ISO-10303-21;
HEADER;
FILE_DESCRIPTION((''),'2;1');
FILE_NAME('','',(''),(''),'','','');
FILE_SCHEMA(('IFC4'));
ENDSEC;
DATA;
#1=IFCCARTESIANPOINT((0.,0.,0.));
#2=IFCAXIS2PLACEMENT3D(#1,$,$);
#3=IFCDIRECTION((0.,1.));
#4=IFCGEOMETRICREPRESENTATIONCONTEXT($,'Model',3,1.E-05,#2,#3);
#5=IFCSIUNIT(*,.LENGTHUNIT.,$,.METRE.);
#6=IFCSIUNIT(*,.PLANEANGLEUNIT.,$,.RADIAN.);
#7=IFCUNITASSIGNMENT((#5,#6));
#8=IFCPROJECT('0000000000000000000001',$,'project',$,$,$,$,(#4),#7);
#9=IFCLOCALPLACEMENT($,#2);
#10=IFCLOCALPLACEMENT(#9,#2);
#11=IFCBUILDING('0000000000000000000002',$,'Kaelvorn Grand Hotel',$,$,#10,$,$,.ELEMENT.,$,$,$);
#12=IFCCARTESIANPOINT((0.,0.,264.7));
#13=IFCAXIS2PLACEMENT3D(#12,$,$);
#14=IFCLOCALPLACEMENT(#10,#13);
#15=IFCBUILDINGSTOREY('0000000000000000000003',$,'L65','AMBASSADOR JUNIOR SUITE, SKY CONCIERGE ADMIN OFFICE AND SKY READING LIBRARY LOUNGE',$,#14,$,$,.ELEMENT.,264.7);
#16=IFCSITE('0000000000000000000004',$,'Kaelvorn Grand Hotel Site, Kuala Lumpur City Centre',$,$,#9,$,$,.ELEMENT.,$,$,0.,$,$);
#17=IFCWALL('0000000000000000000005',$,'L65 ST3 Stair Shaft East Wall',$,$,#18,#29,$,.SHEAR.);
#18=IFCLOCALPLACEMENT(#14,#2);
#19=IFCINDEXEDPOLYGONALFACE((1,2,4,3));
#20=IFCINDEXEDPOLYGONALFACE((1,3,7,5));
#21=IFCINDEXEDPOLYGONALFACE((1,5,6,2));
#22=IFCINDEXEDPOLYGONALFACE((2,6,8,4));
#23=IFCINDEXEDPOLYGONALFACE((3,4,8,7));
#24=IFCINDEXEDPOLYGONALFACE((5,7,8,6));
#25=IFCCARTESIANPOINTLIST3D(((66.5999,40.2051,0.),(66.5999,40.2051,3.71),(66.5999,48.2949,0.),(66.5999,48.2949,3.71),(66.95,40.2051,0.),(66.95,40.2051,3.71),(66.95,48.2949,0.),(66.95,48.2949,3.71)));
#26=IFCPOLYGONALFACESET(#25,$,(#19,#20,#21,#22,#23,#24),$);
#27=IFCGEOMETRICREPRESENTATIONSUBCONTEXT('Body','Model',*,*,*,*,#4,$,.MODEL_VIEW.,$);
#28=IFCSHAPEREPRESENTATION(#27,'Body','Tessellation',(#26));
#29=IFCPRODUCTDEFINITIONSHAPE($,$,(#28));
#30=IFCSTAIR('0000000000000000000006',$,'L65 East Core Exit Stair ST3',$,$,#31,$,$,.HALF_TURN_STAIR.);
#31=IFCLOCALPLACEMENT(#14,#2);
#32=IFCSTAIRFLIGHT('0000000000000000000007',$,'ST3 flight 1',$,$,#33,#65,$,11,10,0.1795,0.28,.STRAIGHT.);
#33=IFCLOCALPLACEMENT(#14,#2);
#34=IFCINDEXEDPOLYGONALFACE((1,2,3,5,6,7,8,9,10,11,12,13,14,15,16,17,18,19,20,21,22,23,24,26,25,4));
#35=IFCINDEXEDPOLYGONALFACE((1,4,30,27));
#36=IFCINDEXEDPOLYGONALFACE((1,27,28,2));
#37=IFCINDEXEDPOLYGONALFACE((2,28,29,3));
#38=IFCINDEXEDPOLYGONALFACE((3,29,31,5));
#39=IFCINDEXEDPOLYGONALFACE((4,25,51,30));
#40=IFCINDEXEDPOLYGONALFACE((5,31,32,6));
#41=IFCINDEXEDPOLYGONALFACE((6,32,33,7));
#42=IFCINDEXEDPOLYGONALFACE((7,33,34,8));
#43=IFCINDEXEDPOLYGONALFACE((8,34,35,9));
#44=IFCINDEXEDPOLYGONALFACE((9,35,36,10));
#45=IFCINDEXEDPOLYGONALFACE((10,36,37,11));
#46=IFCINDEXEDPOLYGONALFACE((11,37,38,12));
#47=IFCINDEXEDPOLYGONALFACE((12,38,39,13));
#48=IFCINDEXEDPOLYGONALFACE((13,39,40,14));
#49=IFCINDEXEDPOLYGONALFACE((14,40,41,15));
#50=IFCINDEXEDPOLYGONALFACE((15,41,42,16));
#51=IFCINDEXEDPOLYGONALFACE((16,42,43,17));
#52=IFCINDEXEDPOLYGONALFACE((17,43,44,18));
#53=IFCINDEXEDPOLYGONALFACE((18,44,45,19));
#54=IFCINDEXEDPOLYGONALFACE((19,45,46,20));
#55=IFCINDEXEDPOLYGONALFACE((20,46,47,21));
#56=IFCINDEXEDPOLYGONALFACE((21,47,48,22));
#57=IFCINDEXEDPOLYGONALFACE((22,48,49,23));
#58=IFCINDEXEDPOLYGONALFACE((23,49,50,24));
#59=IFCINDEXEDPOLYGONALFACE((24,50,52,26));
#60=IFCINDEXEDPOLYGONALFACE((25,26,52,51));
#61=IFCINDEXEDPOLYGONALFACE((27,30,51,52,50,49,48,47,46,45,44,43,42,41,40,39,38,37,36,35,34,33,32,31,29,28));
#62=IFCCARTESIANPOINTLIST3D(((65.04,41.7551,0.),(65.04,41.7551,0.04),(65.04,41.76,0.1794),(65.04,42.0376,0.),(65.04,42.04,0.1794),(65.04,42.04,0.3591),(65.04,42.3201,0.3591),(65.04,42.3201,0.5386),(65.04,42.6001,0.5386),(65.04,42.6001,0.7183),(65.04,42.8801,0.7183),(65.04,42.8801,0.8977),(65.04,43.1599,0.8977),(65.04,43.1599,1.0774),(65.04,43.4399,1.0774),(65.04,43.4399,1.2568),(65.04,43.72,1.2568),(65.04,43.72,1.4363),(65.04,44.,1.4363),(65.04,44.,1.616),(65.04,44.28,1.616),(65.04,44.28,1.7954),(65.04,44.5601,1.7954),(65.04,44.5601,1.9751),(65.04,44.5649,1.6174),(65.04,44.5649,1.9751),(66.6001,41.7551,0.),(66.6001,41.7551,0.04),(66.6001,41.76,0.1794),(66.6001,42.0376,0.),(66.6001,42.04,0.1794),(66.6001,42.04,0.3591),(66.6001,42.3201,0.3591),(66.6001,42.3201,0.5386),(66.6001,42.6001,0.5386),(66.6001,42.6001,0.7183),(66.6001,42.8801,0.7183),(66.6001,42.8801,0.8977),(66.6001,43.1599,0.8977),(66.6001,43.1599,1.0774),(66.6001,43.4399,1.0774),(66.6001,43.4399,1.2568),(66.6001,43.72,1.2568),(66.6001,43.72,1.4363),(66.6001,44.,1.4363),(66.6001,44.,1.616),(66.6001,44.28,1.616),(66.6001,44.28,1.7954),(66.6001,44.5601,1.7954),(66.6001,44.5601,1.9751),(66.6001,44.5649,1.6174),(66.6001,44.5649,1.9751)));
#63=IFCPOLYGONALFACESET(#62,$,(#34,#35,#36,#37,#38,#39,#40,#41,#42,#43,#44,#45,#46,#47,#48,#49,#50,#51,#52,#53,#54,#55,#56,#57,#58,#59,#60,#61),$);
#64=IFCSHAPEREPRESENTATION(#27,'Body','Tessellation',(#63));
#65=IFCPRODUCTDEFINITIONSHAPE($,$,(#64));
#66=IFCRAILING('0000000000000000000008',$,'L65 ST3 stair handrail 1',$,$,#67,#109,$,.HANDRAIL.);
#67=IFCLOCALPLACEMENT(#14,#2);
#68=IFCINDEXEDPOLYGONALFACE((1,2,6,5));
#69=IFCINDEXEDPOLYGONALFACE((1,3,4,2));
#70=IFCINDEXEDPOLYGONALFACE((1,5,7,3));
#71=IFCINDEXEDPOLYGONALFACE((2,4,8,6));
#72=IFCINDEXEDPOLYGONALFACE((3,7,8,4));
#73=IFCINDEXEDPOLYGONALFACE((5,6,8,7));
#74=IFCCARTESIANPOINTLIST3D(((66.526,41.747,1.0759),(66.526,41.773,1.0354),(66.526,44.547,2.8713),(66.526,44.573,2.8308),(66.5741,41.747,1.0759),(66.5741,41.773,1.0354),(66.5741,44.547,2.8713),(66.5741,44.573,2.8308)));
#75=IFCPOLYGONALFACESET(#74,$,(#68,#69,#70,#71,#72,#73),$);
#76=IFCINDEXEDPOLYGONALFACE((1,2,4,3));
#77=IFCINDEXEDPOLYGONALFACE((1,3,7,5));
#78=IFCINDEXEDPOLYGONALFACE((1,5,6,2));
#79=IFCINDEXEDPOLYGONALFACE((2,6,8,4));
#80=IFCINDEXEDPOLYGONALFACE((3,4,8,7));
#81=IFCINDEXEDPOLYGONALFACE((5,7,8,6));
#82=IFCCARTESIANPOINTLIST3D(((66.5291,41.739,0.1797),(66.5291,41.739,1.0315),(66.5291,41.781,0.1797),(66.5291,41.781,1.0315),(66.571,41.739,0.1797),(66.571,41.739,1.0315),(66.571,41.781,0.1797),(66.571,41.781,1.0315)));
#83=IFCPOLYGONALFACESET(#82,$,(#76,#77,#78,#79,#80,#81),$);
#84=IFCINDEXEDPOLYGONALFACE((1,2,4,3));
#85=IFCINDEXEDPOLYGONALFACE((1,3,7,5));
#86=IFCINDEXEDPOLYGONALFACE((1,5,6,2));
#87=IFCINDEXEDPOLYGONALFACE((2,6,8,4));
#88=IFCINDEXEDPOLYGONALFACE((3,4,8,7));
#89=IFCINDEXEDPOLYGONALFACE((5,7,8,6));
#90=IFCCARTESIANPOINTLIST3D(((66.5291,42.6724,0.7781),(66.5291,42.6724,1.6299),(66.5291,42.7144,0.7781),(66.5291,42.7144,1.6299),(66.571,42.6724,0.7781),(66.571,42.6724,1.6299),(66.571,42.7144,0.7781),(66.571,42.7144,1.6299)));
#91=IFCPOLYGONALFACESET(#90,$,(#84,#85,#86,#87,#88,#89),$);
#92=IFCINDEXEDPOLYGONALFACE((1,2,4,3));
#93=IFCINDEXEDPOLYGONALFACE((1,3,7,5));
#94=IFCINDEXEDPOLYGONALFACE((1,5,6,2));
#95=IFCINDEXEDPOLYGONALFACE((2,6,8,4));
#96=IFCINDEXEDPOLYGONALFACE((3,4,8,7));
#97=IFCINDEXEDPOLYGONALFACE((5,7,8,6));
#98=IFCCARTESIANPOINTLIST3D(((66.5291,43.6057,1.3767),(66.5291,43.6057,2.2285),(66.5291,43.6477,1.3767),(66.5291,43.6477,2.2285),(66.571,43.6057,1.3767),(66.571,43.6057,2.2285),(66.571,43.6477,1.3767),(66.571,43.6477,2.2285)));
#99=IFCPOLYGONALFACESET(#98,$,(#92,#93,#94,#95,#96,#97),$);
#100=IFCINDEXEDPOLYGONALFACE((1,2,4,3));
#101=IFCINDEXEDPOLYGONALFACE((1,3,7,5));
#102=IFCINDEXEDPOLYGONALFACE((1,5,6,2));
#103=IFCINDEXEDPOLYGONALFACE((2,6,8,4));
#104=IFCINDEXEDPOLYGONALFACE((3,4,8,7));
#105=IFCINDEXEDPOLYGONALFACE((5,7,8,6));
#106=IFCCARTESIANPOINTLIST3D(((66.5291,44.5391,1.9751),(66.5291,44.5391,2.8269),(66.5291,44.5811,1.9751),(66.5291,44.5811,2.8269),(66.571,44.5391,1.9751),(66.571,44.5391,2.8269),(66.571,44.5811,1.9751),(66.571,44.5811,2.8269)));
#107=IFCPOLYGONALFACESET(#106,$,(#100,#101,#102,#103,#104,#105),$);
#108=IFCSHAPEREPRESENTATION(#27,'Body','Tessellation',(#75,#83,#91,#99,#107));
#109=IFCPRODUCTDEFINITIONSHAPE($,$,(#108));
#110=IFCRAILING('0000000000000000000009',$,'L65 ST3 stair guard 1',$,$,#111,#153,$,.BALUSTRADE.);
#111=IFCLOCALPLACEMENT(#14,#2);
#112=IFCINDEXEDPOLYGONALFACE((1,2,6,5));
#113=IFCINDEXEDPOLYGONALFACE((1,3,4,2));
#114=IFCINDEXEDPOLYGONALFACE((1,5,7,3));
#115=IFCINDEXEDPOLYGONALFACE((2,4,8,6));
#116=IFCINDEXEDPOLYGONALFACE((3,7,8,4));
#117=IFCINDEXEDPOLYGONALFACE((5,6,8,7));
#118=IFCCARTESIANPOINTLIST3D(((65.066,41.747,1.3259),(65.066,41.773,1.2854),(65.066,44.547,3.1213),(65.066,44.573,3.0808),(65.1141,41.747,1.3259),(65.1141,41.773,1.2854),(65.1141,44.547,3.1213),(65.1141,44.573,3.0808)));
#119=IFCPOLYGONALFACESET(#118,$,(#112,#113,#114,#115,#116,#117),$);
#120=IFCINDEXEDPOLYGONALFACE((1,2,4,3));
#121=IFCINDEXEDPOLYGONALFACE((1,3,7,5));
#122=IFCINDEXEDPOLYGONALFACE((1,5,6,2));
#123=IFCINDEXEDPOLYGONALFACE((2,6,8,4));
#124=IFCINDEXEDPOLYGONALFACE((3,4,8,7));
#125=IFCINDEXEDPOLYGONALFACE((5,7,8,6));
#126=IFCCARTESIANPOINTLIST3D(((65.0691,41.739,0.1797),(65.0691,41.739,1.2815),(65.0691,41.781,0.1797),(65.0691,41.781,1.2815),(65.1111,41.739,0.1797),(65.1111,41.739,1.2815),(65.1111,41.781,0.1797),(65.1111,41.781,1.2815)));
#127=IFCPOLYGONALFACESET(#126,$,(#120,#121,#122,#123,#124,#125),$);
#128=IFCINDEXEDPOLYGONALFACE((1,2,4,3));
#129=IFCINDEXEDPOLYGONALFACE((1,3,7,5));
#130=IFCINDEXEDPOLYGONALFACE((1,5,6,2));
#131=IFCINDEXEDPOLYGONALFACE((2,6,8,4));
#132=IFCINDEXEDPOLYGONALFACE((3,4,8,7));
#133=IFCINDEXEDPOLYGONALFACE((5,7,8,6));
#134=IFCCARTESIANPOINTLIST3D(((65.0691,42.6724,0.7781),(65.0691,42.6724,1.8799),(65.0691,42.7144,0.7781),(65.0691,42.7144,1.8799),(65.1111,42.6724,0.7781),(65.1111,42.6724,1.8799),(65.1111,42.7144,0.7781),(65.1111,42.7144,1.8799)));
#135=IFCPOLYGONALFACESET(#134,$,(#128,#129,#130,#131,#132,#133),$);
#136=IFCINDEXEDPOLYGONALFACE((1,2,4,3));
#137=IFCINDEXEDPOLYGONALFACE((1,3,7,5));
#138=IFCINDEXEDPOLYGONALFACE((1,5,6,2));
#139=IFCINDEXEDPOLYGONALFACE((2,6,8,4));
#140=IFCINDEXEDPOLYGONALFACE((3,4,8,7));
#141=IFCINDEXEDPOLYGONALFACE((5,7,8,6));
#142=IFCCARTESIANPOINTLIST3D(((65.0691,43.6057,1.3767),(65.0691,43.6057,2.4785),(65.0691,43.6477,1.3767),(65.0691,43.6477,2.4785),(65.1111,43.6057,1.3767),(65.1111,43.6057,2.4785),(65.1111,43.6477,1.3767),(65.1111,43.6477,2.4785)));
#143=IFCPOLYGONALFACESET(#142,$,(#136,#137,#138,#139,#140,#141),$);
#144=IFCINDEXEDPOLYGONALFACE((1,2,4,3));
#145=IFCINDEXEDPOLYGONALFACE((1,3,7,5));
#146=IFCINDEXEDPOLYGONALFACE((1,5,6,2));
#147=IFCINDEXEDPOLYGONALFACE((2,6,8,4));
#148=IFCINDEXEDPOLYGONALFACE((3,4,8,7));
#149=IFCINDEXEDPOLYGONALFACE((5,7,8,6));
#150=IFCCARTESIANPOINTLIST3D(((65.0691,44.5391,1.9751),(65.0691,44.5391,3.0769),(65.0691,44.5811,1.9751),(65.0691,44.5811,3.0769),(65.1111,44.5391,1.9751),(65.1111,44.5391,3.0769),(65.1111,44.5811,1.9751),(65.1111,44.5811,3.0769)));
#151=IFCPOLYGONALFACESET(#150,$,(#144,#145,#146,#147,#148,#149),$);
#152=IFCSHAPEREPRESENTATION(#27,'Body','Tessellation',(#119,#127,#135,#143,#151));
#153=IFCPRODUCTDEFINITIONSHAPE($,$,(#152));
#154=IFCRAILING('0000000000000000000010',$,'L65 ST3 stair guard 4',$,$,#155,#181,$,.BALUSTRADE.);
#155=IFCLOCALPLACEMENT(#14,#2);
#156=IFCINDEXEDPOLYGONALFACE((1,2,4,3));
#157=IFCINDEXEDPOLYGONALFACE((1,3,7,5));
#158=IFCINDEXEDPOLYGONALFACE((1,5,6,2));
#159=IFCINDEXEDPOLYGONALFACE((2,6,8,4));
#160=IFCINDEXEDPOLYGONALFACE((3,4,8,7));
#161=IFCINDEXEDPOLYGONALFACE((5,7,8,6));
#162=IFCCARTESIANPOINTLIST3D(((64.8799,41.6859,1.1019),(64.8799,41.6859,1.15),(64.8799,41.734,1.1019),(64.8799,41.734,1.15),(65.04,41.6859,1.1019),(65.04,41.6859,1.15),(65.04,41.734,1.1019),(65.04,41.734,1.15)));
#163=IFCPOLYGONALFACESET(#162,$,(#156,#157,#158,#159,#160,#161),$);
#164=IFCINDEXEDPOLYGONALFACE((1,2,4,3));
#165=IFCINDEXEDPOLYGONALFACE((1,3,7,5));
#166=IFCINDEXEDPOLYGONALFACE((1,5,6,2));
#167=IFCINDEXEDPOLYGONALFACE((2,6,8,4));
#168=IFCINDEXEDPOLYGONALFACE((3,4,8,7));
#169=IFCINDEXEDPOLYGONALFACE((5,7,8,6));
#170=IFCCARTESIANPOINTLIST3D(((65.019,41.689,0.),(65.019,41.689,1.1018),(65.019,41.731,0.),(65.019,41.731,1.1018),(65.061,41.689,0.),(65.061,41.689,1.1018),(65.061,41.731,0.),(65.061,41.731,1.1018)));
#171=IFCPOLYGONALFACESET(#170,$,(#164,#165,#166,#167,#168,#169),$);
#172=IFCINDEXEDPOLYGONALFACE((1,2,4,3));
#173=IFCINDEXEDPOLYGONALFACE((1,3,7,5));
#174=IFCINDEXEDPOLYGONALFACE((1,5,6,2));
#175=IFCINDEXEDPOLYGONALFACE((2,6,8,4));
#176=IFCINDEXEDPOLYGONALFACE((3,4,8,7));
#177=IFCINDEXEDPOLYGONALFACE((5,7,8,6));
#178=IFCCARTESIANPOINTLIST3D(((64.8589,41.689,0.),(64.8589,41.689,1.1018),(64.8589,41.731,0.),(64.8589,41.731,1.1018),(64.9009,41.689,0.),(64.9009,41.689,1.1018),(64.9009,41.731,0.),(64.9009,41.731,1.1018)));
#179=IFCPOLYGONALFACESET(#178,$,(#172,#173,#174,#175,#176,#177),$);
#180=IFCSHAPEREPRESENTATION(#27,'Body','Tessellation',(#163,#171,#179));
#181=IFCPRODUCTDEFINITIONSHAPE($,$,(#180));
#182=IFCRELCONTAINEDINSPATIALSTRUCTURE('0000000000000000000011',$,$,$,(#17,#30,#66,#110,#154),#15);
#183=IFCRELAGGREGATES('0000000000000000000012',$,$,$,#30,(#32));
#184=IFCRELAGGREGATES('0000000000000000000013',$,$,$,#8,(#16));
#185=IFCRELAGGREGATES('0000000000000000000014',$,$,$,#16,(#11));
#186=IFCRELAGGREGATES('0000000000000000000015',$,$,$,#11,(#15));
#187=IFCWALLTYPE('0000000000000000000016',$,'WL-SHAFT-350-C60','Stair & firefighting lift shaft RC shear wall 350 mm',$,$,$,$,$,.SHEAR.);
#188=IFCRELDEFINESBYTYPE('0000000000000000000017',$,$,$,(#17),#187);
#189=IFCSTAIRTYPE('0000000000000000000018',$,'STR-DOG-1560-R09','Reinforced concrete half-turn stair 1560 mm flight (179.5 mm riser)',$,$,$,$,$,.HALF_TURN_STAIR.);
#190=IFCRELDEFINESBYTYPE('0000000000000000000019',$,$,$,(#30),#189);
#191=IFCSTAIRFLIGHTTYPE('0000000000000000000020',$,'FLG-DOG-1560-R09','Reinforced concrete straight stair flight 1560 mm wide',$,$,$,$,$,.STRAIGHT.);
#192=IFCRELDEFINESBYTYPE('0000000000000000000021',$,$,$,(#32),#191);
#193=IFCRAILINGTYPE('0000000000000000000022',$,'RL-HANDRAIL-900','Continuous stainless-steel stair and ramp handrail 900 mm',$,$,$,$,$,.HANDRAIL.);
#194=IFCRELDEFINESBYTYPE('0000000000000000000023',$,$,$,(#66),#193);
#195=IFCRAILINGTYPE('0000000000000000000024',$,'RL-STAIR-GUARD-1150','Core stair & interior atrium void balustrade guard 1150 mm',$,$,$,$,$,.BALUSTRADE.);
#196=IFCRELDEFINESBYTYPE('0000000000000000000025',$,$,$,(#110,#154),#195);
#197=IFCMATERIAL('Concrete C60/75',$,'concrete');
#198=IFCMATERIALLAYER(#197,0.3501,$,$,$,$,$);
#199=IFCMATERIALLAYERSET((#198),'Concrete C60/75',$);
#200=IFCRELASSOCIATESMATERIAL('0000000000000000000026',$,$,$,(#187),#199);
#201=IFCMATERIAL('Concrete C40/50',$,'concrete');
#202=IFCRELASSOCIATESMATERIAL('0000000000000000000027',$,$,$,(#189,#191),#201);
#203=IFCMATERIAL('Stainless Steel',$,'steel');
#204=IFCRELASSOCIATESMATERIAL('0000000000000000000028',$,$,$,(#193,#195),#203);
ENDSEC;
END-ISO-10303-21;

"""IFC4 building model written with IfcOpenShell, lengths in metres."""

from ifc_helpers import new_model, si_unit, direction, frame, frame_2d, origin, origin_2d, place, context, subcontext, project, spatial, polyline, rectangle, outline, extrude, material, layer, layer_set, type_object, element, aggregate, save


model = new_model("IFC4")

# Units and contexts
model_context = context("Model", 3, precision=1e-05, world=origin(), true_north=direction((0.0, 1.0)))
body_context = subcontext(model_context, "Body", "Model", "MODEL_VIEW")
ifc_project = project(units=[si_unit("LENGTHUNIT", "METRE"), si_unit("PLANEANGLEUNIT", "RADIAN")], contexts=[model_context])

# Site, building, storey
site_placement = place(None, origin())
site = spatial("IfcSite", under=ifc_project, at=site_placement, Name="Kaelvorn Grand Hotel Site, Kuala Lumpur City Centre", CompositionType="ELEMENT", RefElevation=0.0)
building_placement = place(site_placement, origin())
building = spatial("IfcBuilding", under=site, at=building_placement, Name="Kaelvorn Grand Hotel", CompositionType="ELEMENT")
storey_placement = place(building_placement, frame((0.0, 0.0, 264.7)))
storey = spatial("IfcBuildingStorey", under=building, at=storey_placement, Name="L65", Description="AMBASSADOR JUNIOR SUITE, SKY CONCIERGE ADMIN OFFICE AND SKY READING LIBRARY LOUNGE", CompositionType="ELEMENT", Elevation=264.7)

# Shared definitions
ifc_material_1 = material(Name="Concrete C40/50", Category="concrete")

# Shared definitions
ifc_material_2 = material(Name="Concrete C60/75", Category="concrete")
ifc_layer_1 = layer(ifc_material_2, 0.3501)
ifc_layer_set_1 = layer_set([ifc_layer_1], Name="Concrete C60/75")
wall_type_1 = type_object("IfcWallType", Name="WL-SHAFT-350-C60", Description="Stair & firefighting lift shaft RC shear wall 350 mm", PredefinedType="SHEAR", material=ifc_layer_set_1)

# Wall
for number, where, z_axis, x_axis, name in (
    (1, (66.7749, 40.2051, 0.0), (0.0, 0.0, 1.0), (0.0, 1.0, 0.0), "L65 ST3 Stair Shaft East Wall"),
):
    element("IfcWall", number, at=place(storey_placement, frame(where, z_axis=z_axis, x_axis=x_axis)), inside=storey, type_object=wall_type_1, Name=name, PredefinedType="SHEAR", context=body_context, shape_type="SweptSolid", body=[
        extrude(rectangle(XDim=8.0898, YDim=0.3501, at=frame_2d((4.0449, 0.0))), origin(), (0.0, 0.0, 1.0), 3.71),
    ])

# Stair, stair flight
stair_type = type_object("IfcStairType", Name="STR-DOG-1560-R09", Description="Reinforced concrete half-turn stair 1560 mm flight (179.5 mm riser)", PredefinedType="HALF_TURN_STAIR", material=ifc_material_1)
stair_placement = place(storey_placement, origin())
stair = element("IfcStair", 2, at=stair_placement, inside=storey, type_object=stair_type, Name="L65 East Core Exit Stair ST3", PredefinedType="HALF_TURN_STAIR")
stair_flight_type = type_object("IfcStairFlightType", Name="FLG-DOG-1560-R09", Description="Reinforced concrete straight stair flight 1560 mm wide", PredefinedType="STRAIGHT", material=ifc_material_1)
stair_flight_placement = place(storey_placement, frame((65.8201, 41.76, 0.0), z_axis=(0.0, 0.0, 1.0), x_axis=(0.0, 1.0, 0.0)))
stair_flight = element("IfcStairFlight", 3, at=stair_flight_placement, type_object=stair_flight_type, Name="ST3 flight 1", NumberOfRisers=11, NumberOfTreads=10, PredefinedType="STRAIGHT", RiserHeight=0.1795, TreadLength=0.28, context=body_context, shape_type="SweptSolid", body=[
    extrude(outline(polyline([(-0.0049, 0.0), (-0.0049, 0.04), (0.0, 0.1794), (0.28, 0.1794), (0.28, 0.3591), (0.5601, 0.3591), (0.5601, 0.5386), (0.8401, 0.5386), (0.8401, 0.7183), (1.1201, 0.7183), (1.1201, 0.8977), (1.3999, 0.8977), (1.3999, 1.0774), (1.6799, 1.0774), (1.6799, 1.2568), (1.96, 1.2568), (1.96, 1.4363), (2.24, 1.4363), (2.24, 1.616), (2.52, 1.616), (2.52, 1.7954), (2.8, 1.7954), (2.8, 1.9751), (2.8049, 1.9751), (2.8049, 1.6174), (0.2776, 0.0), (-0.0049, 0.0)])), frame((0.0, 0.78, 0.0), z_axis=(0.0, -1.0, 0.0), x_axis=(1.0, 0.0, 0.0)), (0.0, 0.0, 1.0), 1.5601),
])
aggregate(stair, [stair_flight])

# Railings
ifc_material_3 = material(Name="Stainless Steel", Category="steel")
railing_type_1 = type_object("IfcRailingType", Name="RL-HANDRAIL-900", Description="Continuous stainless-steel stair and ramp handrail 900 mm", PredefinedType="HANDRAIL", material=ifc_material_3)
railing_1_placement = place(storey_placement, frame((66.55, 41.76, 0.1797)))
element("IfcRailing", 4, at=railing_1_placement, inside=storey, type_object=railing_type_1, Name="L65 ST3 stair handrail 1", PredefinedType="HANDRAIL", context=body_context, shape_type="SweptSolid", body=[
    extrude(rectangle(XDim=0.0481, YDim=0.0481, at=origin_2d()), frame((0.0, 0.0, 0.876), z_axis=(0.0, 0.84181, 0.539774), x_axis=(-1.0, 0.0, 0.0)), (0.0, 0.0, 1.0), 3.3262),
    extrude(rectangle(XDim=0.042, YDim=0.042, at=origin_2d()), origin(), (0.0, 0.0, 1.0), 0.8518),
    extrude(rectangle(XDim=0.042, YDim=0.042, at=origin_2d()), frame((0.0, 0.9333, 0.5984)), (0.0, 0.0, 1.0), 0.8518),
    extrude(rectangle(XDim=0.042, YDim=0.042, at=origin_2d()), frame((0.0, 1.8667, 1.197)), (0.0, 0.0, 1.0), 0.8518),
    extrude(rectangle(XDim=0.042, YDim=0.042, at=origin_2d()), frame((0.0, 2.8, 1.7954)), (0.0, 0.0, 1.0), 0.8518),
])
railing_type_2 = type_object("IfcRailingType", Name="RL-STAIR-GUARD-1150", Description="Core stair & interior atrium void balustrade guard 1150 mm", PredefinedType="BALUSTRADE", material=ifc_material_3)
railing_2_placement = place(storey_placement, frame((65.0901, 41.76, 0.1797)))
element("IfcRailing", 5, at=railing_2_placement, inside=storey, type_object=railing_type_2, Name="L65 ST3 stair guard 1", PredefinedType="BALUSTRADE", context=body_context, shape_type="SweptSolid", body=[
    extrude(rectangle(XDim=0.0481, YDim=0.0481, at=origin_2d()), frame((0.0, 0.0, 1.126), z_axis=(0.0, 0.84181, 0.539774), x_axis=(-1.0, 0.0, 0.0)), (0.0, 0.0, 1.0), 3.3262),
    extrude(rectangle(XDim=0.042, YDim=0.042, at=origin_2d()), origin(), (0.0, 0.0, 1.0), 1.1018),
    extrude(rectangle(XDim=0.042, YDim=0.042, at=origin_2d()), frame((0.0, 0.9333, 0.5984)), (0.0, 0.0, 1.0), 1.1018),
    extrude(rectangle(XDim=0.042, YDim=0.042, at=origin_2d()), frame((0.0, 1.8667, 1.197)), (0.0, 0.0, 1.0), 1.1018),
    extrude(rectangle(XDim=0.042, YDim=0.042, at=origin_2d()), frame((0.0, 2.8, 1.7954)), (0.0, 0.0, 1.0), 1.1018),
])
railing_3_placement = place(storey_placement, frame((65.04, 41.71, 0.0)))
element("IfcRailing", 6, at=railing_3_placement, inside=storey, type_object=railing_type_2, Name="L65 ST3 stair guard 4", PredefinedType="BALUSTRADE", context=body_context, shape_type="SweptSolid", body=[
    extrude(rectangle(XDim=0.0481, YDim=0.0481, at=origin_2d()), frame((0.0, 0.0, 1.126), z_axis=(-1.0, 0.0, 0.0), x_axis=(0.0, -1.0, 0.0)), (0.0, 0.0, 1.0), 0.1602),
    extrude(rectangle(XDim=0.042, YDim=0.042, at=origin_2d()), origin(), (0.0, 0.0, 1.0), 1.1018),
    extrude(rectangle(XDim=0.042, YDim=0.042, at=origin_2d()), frame((-0.1602, 0.0, 0.0)), (0.0, 0.0, 1.0), 1.1018),
])

save(model, "model.ifc")
